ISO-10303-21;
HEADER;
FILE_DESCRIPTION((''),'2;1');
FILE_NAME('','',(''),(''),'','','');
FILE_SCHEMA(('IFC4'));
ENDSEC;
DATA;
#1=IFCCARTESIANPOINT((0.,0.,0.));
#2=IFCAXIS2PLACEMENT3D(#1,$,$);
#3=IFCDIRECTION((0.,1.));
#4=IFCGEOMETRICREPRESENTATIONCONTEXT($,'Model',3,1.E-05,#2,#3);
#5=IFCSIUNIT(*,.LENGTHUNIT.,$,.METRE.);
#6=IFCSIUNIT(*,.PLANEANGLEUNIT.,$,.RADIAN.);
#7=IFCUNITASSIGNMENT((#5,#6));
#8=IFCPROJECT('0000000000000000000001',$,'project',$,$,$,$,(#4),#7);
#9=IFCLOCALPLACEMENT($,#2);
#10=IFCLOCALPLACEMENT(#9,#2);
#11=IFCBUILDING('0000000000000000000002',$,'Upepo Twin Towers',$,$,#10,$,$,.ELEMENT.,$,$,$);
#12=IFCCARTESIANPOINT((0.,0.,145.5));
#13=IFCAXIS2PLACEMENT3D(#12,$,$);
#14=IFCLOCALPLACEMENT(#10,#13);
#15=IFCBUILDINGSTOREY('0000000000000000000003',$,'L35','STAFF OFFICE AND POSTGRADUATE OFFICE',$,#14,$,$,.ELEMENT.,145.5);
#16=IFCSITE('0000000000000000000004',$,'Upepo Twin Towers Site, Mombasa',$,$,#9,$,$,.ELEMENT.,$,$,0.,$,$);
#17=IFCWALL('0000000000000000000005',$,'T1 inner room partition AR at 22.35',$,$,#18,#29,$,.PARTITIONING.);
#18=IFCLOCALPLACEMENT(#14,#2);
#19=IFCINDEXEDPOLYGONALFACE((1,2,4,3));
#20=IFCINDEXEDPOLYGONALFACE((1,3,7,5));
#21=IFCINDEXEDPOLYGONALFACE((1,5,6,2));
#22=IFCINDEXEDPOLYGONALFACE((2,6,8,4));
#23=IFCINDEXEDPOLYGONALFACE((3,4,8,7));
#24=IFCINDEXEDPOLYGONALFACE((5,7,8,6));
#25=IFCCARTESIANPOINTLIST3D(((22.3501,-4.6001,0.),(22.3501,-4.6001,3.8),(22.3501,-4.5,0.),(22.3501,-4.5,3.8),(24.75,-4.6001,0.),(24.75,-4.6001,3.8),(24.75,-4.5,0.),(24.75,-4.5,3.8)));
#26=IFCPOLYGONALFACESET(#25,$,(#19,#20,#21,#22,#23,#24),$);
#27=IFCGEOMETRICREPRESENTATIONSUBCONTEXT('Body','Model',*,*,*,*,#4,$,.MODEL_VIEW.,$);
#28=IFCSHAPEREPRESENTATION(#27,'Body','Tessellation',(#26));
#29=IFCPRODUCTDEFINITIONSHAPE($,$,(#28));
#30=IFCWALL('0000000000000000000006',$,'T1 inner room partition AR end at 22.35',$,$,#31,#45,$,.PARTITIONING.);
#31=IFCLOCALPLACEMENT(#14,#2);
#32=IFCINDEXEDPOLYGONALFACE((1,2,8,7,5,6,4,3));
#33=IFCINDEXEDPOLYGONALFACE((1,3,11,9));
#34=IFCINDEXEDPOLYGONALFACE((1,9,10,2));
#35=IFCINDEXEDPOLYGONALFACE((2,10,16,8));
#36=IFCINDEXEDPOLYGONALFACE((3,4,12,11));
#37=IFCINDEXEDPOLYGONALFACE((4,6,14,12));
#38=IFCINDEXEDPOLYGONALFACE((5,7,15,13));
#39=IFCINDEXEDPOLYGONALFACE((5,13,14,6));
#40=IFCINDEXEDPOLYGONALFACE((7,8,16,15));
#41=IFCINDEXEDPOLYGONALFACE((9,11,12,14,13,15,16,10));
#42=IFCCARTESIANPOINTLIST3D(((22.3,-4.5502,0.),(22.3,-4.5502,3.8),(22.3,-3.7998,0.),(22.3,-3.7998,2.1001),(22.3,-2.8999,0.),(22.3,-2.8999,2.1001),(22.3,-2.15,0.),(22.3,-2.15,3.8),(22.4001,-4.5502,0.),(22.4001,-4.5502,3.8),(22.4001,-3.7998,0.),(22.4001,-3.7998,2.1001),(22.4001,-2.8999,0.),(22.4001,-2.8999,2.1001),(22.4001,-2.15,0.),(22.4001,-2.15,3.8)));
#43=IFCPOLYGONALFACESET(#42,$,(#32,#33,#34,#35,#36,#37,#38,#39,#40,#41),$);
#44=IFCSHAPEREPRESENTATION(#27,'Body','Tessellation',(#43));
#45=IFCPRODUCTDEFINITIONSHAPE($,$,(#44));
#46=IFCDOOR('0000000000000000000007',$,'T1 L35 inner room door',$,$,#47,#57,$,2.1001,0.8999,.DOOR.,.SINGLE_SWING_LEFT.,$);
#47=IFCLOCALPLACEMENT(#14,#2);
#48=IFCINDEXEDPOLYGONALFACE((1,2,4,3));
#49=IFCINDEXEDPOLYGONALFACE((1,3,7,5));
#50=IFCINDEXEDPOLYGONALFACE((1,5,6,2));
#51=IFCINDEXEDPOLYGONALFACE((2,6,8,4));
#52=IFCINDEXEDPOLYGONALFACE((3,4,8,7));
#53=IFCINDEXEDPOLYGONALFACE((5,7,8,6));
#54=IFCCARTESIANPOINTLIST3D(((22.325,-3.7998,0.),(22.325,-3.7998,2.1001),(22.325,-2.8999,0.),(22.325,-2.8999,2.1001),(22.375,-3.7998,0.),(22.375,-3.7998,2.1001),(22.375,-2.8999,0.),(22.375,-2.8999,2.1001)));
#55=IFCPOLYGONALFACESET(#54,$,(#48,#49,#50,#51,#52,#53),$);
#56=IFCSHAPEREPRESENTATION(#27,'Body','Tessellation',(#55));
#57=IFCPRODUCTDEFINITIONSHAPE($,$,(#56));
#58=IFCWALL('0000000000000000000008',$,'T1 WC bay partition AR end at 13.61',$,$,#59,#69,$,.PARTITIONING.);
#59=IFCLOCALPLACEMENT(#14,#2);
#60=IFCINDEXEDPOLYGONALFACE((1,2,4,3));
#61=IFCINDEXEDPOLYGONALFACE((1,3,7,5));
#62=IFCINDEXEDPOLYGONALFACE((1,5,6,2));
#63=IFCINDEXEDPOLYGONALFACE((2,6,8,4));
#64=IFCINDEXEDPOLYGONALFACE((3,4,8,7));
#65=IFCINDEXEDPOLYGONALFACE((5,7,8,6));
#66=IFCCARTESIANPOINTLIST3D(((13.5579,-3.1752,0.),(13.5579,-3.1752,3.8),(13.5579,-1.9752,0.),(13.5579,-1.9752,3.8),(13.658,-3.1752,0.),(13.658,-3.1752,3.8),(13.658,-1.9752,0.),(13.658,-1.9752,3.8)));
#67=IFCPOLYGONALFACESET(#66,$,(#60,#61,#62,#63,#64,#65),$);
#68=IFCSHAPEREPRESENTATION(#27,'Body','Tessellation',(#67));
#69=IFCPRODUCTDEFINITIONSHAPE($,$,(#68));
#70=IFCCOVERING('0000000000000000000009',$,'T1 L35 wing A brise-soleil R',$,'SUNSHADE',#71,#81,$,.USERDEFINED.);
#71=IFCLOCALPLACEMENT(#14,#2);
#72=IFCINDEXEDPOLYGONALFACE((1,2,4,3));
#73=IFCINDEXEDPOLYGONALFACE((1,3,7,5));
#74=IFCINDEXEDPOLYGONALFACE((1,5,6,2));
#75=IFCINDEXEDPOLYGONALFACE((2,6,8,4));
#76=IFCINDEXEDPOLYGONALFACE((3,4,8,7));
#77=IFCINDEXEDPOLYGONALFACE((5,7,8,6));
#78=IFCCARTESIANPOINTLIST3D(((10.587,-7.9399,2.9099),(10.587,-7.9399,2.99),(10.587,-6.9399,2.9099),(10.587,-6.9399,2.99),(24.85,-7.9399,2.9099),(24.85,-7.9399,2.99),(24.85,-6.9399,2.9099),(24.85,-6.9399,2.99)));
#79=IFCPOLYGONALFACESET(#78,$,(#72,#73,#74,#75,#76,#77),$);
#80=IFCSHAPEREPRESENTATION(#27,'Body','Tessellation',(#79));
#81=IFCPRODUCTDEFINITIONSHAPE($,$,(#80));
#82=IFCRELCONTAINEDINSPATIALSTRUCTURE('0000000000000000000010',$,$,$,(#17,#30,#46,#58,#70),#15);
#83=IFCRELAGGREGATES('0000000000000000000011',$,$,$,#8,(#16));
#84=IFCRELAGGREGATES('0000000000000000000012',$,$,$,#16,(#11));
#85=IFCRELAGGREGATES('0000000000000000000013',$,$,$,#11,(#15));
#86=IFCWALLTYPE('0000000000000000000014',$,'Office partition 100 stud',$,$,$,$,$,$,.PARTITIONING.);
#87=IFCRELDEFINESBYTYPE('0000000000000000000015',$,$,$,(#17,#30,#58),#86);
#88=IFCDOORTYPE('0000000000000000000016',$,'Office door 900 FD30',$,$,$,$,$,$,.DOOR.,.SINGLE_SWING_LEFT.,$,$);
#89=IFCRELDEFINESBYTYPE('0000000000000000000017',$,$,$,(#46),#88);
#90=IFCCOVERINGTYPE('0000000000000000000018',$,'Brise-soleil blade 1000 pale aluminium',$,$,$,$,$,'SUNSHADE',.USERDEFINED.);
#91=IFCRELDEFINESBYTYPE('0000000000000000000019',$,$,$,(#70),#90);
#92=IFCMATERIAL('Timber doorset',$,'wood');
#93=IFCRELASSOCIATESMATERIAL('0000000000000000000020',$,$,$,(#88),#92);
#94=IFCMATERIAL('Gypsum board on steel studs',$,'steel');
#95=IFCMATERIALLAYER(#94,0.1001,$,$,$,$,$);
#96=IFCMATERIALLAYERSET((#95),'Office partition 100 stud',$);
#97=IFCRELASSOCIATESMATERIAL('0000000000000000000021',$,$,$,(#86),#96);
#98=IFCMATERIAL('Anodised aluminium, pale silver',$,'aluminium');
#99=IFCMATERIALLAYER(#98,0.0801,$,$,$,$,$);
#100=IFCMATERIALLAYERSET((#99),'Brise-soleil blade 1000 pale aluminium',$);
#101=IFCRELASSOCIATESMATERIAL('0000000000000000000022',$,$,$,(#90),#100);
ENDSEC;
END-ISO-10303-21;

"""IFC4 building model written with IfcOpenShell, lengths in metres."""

from ifc_helpers import new_model, si_unit, direction, frame, frame_2d, origin, origin_2d, place, context, subcontext, project, spatial, rectangle, extrude, material, layer, layer_set, type_object, element, fill, save


model = new_model("IFC4")

# Units and contexts
model_context = context("Model", 3, precision=1e-05, world=origin(), true_north=direction((0.0, 1.0)))
body_context = subcontext(model_context, "Body", "Model", "MODEL_VIEW")
ifc_project = project(units=[si_unit("LENGTHUNIT", "METRE"), si_unit("PLANEANGLEUNIT", "RADIAN")], contexts=[model_context])

# Site, building, storey
site_placement = place(None, origin())
site = spatial("IfcSite", under=ifc_project, at=site_placement, Name="Upepo Twin Towers Site, Mombasa", CompositionType="ELEMENT", RefElevation=0.0)
building_placement = place(site_placement, origin())
building = spatial("IfcBuilding", under=site, at=building_placement, Name="Upepo Twin Towers", CompositionType="ELEMENT")
storey_placement = place(building_placement, frame((0.0, 0.0, 145.5)))
storey = spatial("IfcBuildingStorey", under=building, at=storey_placement, Name="L35", Description="STAFF OFFICE AND POSTGRADUATE OFFICE", CompositionType="ELEMENT", Elevation=145.5)

# Shared definitions
ifc_material_1 = material(Name="Timber doorset", Category="wood")
door_type_1 = type_object("IfcDoorType", Name="Office door 900 FD30", OperationType="SINGLE_SWING_LEFT", PredefinedType="DOOR", material=ifc_material_1)

# Wall
ifc_material_2 = material(Name="Gypsum board on steel studs", Category="steel")
ifc_layer_1 = layer(ifc_material_2, 0.1001)
ifc_layer_set_1 = layer_set([ifc_layer_1], Name="Office partition 100 stud")
wall_type_1 = type_object("IfcWallType", Name="Office partition 100 stud", PredefinedType="PARTITIONING", material=ifc_layer_set_1)
wall_1_placement = place(storey_placement, frame((22.3501, -4.55, 0.0), z_axis=(0.0, 0.0, 1.0), x_axis=(1.0, 0.0, 0.0)))
element("IfcWall", 1, at=wall_1_placement, inside=storey, type_object=wall_type_1, Name="T1 inner room partition AR at 22.35", PredefinedType="PARTITIONING", context=body_context, shape_type="SweptSolid", body=[
    extrude(rectangle(XDim=2.3999, YDim=0.1001, at=frame_2d((1.2, 0.0))), origin(), (0.0, 0.0, 1.0), 3.8),
])

# Wall, opening, door
wall_2_placement = place(storey_placement, frame((22.3501, -2.1499, 0.0), z_axis=(0.0, 0.0, 1.0), x_axis=(0.0, -1.0, 0.0)))
wall_2 = element("IfcWall", 2, at=wall_2_placement, inside=storey, type_object=wall_type_1, Name="T1 inner room partition AR end at 22.35", PredefinedType="PARTITIONING", context=body_context, shape_type="SweptSolid", body=[
    extrude(rectangle(XDim=2.4001, YDim=0.1001, at=frame_2d((1.2002, 0.0))), origin(), (0.0, 0.0, 1.0), 3.8),
])
opening_1_placement = place(wall_2_placement, frame((0.75, 0.0, 0.0)))
opening_1 = element("IfcOpeningElement", 3, at=opening_1_placement, cuts=wall_2, PredefinedType="OPENING", context=body_context, shape_type="SweptSolid", body=[
    extrude(rectangle(XDim=0.8999, YDim=2.1001, at=frame_2d((0.45, 1.05))), frame((0.0, 0.0601, 0.0), z_axis=(0.0, -1.0, 0.0), x_axis=(1.0, 0.0, 0.0)), (0.0, 0.0, 1.0), 0.1201),
])
door_1_placement = place(opening_1_placement, origin())
door_1 = element("IfcDoor", 4, at=door_1_placement, inside=storey, type_object=door_type_1, Name="T1 L35 inner room door", OperationType="SINGLE_SWING_LEFT", OverallHeight=2.1001, OverallWidth=0.8999, PredefinedType="DOOR", context=body_context, shape_type="SweptSolid", body=[
    extrude(rectangle(XDim=0.8999, YDim=2.1001, at=frame_2d((0.45, 1.05))), frame((0.0, 0.0249, 0.0), z_axis=(0.0, -1.0, 0.0), x_axis=(1.0, 0.0, 0.0)), (0.0, 0.0, 1.0), 0.05),
])
fill(opening_1, door_1)

# Wall
wall_3_placement = place(storey_placement, frame((13.6079, -1.9751, 0.0), z_axis=(0.0, 0.0, 1.0), x_axis=(0.0, -1.0, 0.0)))
element("IfcWall", 5, at=wall_3_placement, inside=storey, type_object=wall_type_1, Name="T1 WC bay partition AR end at 13.61", PredefinedType="PARTITIONING", context=body_context, shape_type="SweptSolid", body=[
    extrude(rectangle(XDim=1.2, YDim=0.1001, at=frame_2d((0.6001, 0.0))), origin(), (0.0, 0.0, 1.0), 3.8),
])

# Covering
ifc_material_3 = material(Name="Anodised aluminium, pale silver", Category="aluminium")
ifc_layer_2 = layer(ifc_material_3, 0.0801)
ifc_layer_set_2 = layer_set([ifc_layer_2], Name="Brise-soleil blade 1000 pale aluminium")
covering_type = type_object("IfcCoveringType", Name="Brise-soleil blade 1000 pale aluminium", ElementType="SUNSHADE", PredefinedType="USERDEFINED", material=ifc_layer_set_2)
covering_placement = place(storey_placement, frame((17.7185, -7.4399, 2.9099), z_axis=(0.0, 0.0, 1.0), x_axis=(1.0, 0.0, 0.0)))
element("IfcCovering", 6, at=covering_placement, inside=storey, type_object=covering_type, Name="T1 L35 wing A brise-soleil R", ObjectType="SUNSHADE", PredefinedType="USERDEFINED", context=body_context, shape_type="SweptSolid", body=[
    extrude(rectangle(XDim=14.2629, YDim=1.0, at=origin_2d()), origin(), (0.0, 0.0, 1.0), 0.0801),
])

save(model, "model.ifc")
